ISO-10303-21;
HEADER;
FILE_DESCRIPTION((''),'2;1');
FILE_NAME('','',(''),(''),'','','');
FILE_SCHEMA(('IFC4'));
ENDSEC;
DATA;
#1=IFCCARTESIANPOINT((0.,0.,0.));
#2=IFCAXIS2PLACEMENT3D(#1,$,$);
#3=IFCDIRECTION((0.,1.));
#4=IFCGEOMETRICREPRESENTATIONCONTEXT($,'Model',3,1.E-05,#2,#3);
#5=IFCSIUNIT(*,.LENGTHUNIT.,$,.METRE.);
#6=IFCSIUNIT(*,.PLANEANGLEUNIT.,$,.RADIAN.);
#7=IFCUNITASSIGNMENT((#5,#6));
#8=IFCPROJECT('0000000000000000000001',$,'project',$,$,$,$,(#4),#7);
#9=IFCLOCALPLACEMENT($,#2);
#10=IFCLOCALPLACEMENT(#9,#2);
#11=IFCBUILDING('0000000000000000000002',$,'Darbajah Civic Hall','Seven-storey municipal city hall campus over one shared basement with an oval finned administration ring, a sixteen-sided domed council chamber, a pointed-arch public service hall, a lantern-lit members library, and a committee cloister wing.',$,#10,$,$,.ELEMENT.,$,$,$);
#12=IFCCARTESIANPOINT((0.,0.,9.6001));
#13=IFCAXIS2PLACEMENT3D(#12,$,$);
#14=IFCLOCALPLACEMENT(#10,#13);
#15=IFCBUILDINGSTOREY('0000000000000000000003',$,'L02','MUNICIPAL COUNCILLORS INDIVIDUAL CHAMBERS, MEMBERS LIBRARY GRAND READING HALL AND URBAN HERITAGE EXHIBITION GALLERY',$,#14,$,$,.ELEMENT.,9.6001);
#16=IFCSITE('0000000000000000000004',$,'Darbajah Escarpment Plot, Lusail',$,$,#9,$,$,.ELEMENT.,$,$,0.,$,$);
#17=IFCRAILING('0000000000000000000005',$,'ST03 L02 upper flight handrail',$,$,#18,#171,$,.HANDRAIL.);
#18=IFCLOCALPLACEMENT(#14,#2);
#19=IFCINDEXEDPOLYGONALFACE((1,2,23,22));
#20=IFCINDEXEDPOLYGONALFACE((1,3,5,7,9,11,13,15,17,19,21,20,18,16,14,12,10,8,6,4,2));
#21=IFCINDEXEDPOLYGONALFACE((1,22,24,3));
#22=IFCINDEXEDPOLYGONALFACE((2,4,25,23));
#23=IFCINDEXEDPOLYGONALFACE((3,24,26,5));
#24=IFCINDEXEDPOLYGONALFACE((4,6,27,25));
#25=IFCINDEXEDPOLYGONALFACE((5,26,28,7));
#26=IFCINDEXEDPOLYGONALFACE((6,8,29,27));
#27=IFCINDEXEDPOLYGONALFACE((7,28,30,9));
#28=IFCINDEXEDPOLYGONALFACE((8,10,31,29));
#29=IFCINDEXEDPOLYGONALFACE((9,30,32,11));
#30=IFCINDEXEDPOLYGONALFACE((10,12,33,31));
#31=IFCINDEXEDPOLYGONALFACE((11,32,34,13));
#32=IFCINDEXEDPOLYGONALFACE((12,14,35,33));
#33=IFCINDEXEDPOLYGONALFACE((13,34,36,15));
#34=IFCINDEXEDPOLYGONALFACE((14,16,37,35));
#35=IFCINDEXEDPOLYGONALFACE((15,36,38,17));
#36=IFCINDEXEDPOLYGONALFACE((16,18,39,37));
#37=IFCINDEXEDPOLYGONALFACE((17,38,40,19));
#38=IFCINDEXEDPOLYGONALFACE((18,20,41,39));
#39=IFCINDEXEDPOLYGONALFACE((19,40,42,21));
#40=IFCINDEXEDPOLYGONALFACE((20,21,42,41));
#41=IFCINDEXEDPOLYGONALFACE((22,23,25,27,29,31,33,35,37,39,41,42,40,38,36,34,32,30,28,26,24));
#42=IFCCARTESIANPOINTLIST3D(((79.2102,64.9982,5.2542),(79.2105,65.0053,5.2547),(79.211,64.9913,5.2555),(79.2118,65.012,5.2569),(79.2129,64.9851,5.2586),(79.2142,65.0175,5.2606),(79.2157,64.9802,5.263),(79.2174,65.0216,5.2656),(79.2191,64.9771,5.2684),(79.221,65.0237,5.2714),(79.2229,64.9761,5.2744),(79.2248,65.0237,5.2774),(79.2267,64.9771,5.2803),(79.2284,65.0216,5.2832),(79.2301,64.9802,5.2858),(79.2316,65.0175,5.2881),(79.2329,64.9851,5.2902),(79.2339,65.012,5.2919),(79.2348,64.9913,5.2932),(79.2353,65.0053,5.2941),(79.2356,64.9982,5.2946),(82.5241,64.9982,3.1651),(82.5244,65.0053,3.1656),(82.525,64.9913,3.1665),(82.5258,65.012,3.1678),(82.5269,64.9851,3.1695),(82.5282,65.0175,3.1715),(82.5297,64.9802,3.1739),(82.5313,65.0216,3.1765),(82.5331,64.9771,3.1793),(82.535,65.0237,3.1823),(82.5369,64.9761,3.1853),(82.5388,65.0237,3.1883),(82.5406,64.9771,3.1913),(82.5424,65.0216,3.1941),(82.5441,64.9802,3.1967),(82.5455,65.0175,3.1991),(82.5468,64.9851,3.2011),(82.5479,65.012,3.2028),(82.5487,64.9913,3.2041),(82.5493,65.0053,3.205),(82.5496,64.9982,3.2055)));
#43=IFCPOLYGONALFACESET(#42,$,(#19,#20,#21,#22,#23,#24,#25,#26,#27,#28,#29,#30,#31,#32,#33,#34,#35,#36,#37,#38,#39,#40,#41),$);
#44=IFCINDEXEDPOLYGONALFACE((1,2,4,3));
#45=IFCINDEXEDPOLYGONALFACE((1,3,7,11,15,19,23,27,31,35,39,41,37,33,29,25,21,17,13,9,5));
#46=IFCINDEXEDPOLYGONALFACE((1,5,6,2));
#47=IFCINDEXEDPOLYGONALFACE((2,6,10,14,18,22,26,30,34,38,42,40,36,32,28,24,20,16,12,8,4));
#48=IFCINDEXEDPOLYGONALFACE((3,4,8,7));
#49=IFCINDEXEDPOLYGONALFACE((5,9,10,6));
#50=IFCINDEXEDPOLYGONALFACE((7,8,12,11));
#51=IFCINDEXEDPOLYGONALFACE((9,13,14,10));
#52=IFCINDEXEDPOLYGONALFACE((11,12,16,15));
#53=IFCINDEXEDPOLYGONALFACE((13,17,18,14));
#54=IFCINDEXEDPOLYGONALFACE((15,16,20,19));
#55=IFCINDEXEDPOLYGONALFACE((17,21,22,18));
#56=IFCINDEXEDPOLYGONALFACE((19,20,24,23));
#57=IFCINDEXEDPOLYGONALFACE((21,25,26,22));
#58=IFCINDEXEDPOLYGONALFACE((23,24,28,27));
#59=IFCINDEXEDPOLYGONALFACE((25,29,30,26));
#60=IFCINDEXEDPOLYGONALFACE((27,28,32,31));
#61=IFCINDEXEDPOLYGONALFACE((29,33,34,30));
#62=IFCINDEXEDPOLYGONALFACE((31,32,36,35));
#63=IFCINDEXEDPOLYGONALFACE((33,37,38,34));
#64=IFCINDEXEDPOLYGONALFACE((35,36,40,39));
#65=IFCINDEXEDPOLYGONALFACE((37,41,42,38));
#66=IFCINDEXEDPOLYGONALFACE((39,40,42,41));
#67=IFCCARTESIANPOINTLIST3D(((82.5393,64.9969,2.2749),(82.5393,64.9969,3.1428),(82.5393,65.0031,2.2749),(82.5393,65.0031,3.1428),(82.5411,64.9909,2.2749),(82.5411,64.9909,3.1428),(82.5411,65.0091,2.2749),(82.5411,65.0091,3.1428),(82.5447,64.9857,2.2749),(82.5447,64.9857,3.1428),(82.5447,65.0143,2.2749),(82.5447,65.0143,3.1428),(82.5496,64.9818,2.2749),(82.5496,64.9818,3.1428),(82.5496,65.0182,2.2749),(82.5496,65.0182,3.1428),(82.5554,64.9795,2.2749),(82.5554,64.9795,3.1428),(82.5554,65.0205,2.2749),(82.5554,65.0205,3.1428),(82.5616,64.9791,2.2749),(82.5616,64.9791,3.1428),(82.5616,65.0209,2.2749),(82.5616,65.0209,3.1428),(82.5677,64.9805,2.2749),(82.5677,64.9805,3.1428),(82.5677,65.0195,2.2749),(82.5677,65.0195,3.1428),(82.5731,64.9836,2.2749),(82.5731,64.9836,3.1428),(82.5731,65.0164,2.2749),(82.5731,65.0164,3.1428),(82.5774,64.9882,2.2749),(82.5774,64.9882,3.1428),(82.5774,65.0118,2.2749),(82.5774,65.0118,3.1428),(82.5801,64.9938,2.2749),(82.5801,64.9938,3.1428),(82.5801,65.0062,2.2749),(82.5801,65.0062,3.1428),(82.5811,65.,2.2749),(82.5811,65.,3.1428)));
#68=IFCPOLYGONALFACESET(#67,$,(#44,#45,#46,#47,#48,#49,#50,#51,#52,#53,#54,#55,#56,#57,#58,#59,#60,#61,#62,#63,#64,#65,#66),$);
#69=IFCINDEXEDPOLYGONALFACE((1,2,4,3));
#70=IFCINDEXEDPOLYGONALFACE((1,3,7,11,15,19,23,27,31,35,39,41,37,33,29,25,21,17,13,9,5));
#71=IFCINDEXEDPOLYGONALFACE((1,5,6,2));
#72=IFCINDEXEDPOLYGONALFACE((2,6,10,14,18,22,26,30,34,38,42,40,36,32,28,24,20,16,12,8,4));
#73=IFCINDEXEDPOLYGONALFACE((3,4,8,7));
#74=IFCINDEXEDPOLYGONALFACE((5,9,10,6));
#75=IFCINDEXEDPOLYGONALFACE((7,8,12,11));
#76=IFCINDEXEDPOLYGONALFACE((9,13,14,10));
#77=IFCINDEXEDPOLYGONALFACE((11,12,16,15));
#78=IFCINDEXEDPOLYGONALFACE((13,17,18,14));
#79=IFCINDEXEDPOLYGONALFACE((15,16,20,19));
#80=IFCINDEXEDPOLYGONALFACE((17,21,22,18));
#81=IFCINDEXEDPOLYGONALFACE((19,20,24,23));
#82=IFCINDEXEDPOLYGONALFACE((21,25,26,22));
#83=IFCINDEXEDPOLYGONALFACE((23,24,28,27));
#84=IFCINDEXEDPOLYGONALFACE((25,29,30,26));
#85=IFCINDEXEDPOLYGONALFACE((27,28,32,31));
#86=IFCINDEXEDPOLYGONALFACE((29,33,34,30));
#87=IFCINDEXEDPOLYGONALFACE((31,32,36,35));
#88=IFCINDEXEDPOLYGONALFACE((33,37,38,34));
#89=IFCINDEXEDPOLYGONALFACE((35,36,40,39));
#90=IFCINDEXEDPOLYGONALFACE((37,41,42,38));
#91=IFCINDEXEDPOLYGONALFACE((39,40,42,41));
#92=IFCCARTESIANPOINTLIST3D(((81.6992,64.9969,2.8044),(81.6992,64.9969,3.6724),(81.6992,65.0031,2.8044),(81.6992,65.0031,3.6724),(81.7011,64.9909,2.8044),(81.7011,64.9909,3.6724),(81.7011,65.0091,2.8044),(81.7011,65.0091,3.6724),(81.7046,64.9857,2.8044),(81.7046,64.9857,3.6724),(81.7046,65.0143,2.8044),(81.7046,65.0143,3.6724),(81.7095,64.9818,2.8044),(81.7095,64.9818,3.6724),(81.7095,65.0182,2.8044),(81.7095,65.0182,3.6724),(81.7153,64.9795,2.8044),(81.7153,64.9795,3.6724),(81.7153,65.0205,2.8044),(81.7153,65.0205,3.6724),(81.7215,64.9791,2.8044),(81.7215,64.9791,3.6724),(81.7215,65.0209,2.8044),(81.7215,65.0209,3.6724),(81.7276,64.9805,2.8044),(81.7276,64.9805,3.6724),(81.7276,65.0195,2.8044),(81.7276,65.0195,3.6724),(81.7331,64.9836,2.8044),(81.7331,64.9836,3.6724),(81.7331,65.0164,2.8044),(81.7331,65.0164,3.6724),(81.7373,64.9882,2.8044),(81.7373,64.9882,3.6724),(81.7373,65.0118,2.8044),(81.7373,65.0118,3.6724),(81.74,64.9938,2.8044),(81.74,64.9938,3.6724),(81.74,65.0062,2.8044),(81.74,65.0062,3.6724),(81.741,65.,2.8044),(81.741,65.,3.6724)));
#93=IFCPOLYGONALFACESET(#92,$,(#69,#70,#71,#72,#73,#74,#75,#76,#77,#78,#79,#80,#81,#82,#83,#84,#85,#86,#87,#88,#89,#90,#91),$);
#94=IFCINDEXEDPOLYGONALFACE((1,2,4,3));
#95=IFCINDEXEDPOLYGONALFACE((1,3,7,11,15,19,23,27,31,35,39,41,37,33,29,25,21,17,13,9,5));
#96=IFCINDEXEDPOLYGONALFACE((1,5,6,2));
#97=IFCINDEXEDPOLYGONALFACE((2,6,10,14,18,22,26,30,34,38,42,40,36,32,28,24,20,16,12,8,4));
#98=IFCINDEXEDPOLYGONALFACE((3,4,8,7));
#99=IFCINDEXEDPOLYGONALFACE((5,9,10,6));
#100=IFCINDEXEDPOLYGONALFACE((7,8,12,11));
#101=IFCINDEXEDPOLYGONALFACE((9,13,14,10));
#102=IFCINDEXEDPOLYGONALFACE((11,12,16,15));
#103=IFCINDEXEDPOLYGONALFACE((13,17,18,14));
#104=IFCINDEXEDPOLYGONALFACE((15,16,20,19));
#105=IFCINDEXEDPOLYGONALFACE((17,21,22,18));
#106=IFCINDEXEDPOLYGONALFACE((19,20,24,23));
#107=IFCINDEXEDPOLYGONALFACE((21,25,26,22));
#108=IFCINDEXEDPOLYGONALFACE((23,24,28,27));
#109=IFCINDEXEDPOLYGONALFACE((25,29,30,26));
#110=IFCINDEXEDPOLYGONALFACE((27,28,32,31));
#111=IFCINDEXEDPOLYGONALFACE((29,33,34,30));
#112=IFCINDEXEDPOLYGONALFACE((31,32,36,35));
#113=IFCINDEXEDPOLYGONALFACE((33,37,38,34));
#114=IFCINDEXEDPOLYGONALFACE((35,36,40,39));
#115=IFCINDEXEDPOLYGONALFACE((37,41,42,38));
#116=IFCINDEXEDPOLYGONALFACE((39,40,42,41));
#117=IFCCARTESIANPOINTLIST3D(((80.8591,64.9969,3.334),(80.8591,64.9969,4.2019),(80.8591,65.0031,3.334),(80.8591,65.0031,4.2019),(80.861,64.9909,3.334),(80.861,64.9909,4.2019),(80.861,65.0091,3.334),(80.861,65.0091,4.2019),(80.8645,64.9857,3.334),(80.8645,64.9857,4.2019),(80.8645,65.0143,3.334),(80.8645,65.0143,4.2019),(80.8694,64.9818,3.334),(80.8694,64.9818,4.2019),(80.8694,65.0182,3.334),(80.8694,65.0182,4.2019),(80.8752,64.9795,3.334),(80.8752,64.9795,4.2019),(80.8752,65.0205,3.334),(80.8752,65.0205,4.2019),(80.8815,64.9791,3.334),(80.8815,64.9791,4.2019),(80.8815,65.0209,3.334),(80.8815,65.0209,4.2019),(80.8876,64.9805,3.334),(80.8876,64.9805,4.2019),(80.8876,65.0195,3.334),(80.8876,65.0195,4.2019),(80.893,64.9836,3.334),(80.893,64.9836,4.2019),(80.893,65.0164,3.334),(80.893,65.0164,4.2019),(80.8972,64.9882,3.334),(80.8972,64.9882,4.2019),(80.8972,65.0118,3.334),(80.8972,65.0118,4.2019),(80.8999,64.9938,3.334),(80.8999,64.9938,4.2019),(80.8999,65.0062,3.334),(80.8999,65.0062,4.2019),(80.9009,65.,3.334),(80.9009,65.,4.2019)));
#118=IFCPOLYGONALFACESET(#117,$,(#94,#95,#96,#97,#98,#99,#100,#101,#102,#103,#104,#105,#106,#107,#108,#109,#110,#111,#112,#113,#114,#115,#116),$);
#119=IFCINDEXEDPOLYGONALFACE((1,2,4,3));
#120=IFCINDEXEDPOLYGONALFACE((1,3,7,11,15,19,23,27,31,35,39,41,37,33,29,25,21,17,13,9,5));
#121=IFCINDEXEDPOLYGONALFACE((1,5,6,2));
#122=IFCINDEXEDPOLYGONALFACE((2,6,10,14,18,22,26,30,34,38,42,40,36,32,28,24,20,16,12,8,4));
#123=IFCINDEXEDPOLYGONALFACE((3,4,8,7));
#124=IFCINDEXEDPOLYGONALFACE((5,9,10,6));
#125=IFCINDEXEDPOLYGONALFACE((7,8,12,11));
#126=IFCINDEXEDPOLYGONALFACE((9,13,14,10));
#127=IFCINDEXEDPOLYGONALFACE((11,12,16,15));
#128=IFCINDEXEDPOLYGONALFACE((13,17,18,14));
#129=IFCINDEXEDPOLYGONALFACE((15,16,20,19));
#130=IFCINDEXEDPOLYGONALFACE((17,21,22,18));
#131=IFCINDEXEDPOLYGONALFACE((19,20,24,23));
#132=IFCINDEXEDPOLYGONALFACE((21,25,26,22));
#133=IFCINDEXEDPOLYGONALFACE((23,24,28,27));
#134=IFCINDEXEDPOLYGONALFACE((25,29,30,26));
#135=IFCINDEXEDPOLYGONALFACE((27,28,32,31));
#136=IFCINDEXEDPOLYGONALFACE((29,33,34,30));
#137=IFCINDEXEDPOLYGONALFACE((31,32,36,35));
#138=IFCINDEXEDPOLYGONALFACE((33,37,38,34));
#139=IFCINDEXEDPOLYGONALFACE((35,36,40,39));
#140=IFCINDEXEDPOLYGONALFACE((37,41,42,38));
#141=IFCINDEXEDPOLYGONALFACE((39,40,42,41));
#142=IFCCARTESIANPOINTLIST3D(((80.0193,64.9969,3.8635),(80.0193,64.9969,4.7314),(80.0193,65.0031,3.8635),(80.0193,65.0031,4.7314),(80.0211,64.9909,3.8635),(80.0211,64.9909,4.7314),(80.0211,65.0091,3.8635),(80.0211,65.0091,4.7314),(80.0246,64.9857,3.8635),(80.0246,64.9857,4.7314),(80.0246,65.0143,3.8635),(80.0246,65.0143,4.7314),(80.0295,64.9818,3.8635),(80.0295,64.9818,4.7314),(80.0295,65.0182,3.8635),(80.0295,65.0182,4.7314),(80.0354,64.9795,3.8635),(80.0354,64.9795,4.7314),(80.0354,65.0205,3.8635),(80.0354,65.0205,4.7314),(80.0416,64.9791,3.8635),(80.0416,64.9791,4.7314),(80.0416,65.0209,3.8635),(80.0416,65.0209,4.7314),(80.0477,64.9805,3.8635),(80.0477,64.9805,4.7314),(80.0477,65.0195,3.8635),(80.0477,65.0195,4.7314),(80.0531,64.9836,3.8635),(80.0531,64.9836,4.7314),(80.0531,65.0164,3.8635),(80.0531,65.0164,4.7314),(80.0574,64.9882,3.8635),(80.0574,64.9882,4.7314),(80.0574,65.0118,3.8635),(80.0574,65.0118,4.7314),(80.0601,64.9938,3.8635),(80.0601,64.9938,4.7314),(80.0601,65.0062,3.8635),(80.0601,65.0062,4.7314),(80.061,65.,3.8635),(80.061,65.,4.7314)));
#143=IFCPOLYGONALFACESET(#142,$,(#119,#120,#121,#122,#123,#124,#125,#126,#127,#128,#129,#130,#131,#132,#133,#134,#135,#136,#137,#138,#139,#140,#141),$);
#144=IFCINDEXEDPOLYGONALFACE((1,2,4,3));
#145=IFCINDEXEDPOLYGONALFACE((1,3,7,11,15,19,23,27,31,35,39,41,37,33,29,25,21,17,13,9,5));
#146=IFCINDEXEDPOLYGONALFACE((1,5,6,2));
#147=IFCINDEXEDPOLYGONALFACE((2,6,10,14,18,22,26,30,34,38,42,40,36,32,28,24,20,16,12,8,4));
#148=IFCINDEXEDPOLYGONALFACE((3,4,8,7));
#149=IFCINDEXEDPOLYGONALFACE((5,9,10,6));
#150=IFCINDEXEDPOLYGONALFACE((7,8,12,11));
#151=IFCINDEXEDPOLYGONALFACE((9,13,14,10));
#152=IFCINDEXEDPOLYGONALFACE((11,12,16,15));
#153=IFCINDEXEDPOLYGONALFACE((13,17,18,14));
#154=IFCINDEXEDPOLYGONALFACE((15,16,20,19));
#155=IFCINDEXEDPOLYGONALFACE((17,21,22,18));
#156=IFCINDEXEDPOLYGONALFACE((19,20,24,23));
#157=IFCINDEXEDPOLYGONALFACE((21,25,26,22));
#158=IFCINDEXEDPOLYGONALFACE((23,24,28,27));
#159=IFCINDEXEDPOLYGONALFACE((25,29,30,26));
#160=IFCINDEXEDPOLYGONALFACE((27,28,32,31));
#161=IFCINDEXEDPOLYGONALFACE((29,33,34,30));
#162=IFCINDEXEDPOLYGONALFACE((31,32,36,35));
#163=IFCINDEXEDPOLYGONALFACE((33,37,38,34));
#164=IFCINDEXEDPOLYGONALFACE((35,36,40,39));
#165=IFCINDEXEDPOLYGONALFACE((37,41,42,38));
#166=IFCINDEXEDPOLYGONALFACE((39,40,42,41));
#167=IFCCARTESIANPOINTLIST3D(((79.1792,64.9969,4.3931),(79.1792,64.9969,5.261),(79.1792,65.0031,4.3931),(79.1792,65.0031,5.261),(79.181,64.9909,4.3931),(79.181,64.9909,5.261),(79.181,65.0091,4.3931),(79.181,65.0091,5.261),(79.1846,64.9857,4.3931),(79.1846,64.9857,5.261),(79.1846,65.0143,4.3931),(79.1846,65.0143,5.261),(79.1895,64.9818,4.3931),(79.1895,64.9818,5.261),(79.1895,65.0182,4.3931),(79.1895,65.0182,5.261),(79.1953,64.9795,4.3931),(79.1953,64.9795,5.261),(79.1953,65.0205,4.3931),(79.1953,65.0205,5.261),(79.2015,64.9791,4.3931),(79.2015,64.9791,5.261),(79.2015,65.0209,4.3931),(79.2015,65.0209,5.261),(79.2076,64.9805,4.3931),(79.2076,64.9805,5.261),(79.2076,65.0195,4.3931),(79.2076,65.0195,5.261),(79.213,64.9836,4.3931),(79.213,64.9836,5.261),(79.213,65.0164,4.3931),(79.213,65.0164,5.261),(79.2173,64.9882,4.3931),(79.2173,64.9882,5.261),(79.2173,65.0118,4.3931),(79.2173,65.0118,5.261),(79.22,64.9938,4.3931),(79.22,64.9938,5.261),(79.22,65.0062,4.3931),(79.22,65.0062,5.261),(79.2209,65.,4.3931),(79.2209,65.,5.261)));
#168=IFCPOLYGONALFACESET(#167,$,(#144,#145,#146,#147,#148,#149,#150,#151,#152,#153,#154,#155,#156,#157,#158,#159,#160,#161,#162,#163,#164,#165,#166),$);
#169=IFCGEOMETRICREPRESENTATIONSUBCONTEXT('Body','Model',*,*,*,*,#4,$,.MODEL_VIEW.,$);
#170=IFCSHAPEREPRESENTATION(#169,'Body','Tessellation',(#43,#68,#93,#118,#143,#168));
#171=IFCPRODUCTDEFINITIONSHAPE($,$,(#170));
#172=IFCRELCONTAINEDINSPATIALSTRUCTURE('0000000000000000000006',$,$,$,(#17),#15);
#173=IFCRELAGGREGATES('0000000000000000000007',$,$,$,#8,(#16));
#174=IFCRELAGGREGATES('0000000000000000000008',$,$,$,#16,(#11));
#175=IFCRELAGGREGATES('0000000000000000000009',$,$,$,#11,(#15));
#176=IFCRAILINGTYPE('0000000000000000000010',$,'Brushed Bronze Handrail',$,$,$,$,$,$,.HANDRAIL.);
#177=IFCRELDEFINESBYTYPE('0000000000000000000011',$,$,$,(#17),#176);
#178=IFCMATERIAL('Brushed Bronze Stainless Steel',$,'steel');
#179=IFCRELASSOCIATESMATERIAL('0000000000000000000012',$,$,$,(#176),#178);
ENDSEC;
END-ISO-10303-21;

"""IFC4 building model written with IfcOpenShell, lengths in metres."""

from ifc_helpers import new_model, si_unit, direction, frame, origin, origin_2d, place, context, subcontext, project, spatial, circle, extrude, material, type_object, element, save


model = new_model("IFC4")

# Units and contexts
model_context = context("Model", 3, precision=1e-05, world=origin(), true_north=direction((0.0, 1.0)))
body_context = subcontext(model_context, "Body", "Model", "MODEL_VIEW")
ifc_project = project(units=[si_unit("LENGTHUNIT", "METRE"), si_unit("PLANEANGLEUNIT", "RADIAN")], contexts=[model_context])

# Site, building, storey
site_placement = place(None, origin())
site = spatial("IfcSite", under=ifc_project, at=site_placement, Name="Darbajah Escarpment Plot, Lusail", CompositionType="ELEMENT", RefElevation=0.0)
building_placement = place(site_placement, origin())
building = spatial("IfcBuilding", under=site, at=building_placement, Name="Darbajah Civic Hall", Description="Seven-storey municipal city hall campus over one shared basement with an oval finned administration ring, a sixteen-sided domed council chamber, a pointed-arch public service hall, a lantern-lit members library, and a committee cloister wing.", CompositionType="ELEMENT")
storey_placement = place(building_placement, frame((0.0, 0.0, 9.6001)))
storey = spatial("IfcBuildingStorey", under=building, at=storey_placement, Name="L02", Description="MUNICIPAL COUNCILLORS INDIVIDUAL CHAMBERS, MEMBERS LIBRARY GRAND READING HALL AND URBAN HERITAGE EXHIBITION GALLERY", CompositionType="ELEMENT", Elevation=9.6001)

# Railing
ifc_material_1 = material(Name="Brushed Bronze Stainless Steel", Category="steel")
railing_type_1 = type_object("IfcRailingType", Name="Brushed Bronze Handrail", PredefinedType="HANDRAIL", material=ifc_material_1)
railing_1_placement = place(storey_placement, frame((82.5601, 65.0, 2.2749)))
element("IfcRailing", 1, at=railing_1_placement, inside=storey, type_object=railing_type_1, Name="ST03 L02 upper flight handrail", PredefinedType="HANDRAIL", context=body_context, shape_type="SweptSolid", body=[
    extrude(circle(Radius=0.0239, at=origin_2d()), frame((-0.0232, 0.0, 0.9104), z_axis=(-0.845944, 0.0, 0.533271), x_axis=(0.0, -1.0, 0.0)), (0.0, 0.0, 1.0), 3.9175),
    extrude(circle(Radius=0.021, at=origin_2d()), origin(), (0.0, 0.0, 1.0), 0.8679),
    extrude(circle(Radius=0.021, at=origin_2d()), frame((-0.8401, 0.0, 0.5295)), (0.0, 0.0, 1.0), 0.8679),
    extrude(circle(Radius=0.021, at=origin_2d()), frame((-1.6802, 0.0, 1.0591)), (0.0, 0.0, 1.0), 0.8679),
    extrude(circle(Radius=0.021, at=origin_2d()), frame((-2.52, 0.0, 1.5886)), (0.0, 0.0, 1.0), 0.8679),
    extrude(circle(Radius=0.021, at=origin_2d()), frame((-3.3601, 0.0, 2.1182)), (0.0, 0.0, 1.0), 0.8679),
])

save(model, "model.ifc")
